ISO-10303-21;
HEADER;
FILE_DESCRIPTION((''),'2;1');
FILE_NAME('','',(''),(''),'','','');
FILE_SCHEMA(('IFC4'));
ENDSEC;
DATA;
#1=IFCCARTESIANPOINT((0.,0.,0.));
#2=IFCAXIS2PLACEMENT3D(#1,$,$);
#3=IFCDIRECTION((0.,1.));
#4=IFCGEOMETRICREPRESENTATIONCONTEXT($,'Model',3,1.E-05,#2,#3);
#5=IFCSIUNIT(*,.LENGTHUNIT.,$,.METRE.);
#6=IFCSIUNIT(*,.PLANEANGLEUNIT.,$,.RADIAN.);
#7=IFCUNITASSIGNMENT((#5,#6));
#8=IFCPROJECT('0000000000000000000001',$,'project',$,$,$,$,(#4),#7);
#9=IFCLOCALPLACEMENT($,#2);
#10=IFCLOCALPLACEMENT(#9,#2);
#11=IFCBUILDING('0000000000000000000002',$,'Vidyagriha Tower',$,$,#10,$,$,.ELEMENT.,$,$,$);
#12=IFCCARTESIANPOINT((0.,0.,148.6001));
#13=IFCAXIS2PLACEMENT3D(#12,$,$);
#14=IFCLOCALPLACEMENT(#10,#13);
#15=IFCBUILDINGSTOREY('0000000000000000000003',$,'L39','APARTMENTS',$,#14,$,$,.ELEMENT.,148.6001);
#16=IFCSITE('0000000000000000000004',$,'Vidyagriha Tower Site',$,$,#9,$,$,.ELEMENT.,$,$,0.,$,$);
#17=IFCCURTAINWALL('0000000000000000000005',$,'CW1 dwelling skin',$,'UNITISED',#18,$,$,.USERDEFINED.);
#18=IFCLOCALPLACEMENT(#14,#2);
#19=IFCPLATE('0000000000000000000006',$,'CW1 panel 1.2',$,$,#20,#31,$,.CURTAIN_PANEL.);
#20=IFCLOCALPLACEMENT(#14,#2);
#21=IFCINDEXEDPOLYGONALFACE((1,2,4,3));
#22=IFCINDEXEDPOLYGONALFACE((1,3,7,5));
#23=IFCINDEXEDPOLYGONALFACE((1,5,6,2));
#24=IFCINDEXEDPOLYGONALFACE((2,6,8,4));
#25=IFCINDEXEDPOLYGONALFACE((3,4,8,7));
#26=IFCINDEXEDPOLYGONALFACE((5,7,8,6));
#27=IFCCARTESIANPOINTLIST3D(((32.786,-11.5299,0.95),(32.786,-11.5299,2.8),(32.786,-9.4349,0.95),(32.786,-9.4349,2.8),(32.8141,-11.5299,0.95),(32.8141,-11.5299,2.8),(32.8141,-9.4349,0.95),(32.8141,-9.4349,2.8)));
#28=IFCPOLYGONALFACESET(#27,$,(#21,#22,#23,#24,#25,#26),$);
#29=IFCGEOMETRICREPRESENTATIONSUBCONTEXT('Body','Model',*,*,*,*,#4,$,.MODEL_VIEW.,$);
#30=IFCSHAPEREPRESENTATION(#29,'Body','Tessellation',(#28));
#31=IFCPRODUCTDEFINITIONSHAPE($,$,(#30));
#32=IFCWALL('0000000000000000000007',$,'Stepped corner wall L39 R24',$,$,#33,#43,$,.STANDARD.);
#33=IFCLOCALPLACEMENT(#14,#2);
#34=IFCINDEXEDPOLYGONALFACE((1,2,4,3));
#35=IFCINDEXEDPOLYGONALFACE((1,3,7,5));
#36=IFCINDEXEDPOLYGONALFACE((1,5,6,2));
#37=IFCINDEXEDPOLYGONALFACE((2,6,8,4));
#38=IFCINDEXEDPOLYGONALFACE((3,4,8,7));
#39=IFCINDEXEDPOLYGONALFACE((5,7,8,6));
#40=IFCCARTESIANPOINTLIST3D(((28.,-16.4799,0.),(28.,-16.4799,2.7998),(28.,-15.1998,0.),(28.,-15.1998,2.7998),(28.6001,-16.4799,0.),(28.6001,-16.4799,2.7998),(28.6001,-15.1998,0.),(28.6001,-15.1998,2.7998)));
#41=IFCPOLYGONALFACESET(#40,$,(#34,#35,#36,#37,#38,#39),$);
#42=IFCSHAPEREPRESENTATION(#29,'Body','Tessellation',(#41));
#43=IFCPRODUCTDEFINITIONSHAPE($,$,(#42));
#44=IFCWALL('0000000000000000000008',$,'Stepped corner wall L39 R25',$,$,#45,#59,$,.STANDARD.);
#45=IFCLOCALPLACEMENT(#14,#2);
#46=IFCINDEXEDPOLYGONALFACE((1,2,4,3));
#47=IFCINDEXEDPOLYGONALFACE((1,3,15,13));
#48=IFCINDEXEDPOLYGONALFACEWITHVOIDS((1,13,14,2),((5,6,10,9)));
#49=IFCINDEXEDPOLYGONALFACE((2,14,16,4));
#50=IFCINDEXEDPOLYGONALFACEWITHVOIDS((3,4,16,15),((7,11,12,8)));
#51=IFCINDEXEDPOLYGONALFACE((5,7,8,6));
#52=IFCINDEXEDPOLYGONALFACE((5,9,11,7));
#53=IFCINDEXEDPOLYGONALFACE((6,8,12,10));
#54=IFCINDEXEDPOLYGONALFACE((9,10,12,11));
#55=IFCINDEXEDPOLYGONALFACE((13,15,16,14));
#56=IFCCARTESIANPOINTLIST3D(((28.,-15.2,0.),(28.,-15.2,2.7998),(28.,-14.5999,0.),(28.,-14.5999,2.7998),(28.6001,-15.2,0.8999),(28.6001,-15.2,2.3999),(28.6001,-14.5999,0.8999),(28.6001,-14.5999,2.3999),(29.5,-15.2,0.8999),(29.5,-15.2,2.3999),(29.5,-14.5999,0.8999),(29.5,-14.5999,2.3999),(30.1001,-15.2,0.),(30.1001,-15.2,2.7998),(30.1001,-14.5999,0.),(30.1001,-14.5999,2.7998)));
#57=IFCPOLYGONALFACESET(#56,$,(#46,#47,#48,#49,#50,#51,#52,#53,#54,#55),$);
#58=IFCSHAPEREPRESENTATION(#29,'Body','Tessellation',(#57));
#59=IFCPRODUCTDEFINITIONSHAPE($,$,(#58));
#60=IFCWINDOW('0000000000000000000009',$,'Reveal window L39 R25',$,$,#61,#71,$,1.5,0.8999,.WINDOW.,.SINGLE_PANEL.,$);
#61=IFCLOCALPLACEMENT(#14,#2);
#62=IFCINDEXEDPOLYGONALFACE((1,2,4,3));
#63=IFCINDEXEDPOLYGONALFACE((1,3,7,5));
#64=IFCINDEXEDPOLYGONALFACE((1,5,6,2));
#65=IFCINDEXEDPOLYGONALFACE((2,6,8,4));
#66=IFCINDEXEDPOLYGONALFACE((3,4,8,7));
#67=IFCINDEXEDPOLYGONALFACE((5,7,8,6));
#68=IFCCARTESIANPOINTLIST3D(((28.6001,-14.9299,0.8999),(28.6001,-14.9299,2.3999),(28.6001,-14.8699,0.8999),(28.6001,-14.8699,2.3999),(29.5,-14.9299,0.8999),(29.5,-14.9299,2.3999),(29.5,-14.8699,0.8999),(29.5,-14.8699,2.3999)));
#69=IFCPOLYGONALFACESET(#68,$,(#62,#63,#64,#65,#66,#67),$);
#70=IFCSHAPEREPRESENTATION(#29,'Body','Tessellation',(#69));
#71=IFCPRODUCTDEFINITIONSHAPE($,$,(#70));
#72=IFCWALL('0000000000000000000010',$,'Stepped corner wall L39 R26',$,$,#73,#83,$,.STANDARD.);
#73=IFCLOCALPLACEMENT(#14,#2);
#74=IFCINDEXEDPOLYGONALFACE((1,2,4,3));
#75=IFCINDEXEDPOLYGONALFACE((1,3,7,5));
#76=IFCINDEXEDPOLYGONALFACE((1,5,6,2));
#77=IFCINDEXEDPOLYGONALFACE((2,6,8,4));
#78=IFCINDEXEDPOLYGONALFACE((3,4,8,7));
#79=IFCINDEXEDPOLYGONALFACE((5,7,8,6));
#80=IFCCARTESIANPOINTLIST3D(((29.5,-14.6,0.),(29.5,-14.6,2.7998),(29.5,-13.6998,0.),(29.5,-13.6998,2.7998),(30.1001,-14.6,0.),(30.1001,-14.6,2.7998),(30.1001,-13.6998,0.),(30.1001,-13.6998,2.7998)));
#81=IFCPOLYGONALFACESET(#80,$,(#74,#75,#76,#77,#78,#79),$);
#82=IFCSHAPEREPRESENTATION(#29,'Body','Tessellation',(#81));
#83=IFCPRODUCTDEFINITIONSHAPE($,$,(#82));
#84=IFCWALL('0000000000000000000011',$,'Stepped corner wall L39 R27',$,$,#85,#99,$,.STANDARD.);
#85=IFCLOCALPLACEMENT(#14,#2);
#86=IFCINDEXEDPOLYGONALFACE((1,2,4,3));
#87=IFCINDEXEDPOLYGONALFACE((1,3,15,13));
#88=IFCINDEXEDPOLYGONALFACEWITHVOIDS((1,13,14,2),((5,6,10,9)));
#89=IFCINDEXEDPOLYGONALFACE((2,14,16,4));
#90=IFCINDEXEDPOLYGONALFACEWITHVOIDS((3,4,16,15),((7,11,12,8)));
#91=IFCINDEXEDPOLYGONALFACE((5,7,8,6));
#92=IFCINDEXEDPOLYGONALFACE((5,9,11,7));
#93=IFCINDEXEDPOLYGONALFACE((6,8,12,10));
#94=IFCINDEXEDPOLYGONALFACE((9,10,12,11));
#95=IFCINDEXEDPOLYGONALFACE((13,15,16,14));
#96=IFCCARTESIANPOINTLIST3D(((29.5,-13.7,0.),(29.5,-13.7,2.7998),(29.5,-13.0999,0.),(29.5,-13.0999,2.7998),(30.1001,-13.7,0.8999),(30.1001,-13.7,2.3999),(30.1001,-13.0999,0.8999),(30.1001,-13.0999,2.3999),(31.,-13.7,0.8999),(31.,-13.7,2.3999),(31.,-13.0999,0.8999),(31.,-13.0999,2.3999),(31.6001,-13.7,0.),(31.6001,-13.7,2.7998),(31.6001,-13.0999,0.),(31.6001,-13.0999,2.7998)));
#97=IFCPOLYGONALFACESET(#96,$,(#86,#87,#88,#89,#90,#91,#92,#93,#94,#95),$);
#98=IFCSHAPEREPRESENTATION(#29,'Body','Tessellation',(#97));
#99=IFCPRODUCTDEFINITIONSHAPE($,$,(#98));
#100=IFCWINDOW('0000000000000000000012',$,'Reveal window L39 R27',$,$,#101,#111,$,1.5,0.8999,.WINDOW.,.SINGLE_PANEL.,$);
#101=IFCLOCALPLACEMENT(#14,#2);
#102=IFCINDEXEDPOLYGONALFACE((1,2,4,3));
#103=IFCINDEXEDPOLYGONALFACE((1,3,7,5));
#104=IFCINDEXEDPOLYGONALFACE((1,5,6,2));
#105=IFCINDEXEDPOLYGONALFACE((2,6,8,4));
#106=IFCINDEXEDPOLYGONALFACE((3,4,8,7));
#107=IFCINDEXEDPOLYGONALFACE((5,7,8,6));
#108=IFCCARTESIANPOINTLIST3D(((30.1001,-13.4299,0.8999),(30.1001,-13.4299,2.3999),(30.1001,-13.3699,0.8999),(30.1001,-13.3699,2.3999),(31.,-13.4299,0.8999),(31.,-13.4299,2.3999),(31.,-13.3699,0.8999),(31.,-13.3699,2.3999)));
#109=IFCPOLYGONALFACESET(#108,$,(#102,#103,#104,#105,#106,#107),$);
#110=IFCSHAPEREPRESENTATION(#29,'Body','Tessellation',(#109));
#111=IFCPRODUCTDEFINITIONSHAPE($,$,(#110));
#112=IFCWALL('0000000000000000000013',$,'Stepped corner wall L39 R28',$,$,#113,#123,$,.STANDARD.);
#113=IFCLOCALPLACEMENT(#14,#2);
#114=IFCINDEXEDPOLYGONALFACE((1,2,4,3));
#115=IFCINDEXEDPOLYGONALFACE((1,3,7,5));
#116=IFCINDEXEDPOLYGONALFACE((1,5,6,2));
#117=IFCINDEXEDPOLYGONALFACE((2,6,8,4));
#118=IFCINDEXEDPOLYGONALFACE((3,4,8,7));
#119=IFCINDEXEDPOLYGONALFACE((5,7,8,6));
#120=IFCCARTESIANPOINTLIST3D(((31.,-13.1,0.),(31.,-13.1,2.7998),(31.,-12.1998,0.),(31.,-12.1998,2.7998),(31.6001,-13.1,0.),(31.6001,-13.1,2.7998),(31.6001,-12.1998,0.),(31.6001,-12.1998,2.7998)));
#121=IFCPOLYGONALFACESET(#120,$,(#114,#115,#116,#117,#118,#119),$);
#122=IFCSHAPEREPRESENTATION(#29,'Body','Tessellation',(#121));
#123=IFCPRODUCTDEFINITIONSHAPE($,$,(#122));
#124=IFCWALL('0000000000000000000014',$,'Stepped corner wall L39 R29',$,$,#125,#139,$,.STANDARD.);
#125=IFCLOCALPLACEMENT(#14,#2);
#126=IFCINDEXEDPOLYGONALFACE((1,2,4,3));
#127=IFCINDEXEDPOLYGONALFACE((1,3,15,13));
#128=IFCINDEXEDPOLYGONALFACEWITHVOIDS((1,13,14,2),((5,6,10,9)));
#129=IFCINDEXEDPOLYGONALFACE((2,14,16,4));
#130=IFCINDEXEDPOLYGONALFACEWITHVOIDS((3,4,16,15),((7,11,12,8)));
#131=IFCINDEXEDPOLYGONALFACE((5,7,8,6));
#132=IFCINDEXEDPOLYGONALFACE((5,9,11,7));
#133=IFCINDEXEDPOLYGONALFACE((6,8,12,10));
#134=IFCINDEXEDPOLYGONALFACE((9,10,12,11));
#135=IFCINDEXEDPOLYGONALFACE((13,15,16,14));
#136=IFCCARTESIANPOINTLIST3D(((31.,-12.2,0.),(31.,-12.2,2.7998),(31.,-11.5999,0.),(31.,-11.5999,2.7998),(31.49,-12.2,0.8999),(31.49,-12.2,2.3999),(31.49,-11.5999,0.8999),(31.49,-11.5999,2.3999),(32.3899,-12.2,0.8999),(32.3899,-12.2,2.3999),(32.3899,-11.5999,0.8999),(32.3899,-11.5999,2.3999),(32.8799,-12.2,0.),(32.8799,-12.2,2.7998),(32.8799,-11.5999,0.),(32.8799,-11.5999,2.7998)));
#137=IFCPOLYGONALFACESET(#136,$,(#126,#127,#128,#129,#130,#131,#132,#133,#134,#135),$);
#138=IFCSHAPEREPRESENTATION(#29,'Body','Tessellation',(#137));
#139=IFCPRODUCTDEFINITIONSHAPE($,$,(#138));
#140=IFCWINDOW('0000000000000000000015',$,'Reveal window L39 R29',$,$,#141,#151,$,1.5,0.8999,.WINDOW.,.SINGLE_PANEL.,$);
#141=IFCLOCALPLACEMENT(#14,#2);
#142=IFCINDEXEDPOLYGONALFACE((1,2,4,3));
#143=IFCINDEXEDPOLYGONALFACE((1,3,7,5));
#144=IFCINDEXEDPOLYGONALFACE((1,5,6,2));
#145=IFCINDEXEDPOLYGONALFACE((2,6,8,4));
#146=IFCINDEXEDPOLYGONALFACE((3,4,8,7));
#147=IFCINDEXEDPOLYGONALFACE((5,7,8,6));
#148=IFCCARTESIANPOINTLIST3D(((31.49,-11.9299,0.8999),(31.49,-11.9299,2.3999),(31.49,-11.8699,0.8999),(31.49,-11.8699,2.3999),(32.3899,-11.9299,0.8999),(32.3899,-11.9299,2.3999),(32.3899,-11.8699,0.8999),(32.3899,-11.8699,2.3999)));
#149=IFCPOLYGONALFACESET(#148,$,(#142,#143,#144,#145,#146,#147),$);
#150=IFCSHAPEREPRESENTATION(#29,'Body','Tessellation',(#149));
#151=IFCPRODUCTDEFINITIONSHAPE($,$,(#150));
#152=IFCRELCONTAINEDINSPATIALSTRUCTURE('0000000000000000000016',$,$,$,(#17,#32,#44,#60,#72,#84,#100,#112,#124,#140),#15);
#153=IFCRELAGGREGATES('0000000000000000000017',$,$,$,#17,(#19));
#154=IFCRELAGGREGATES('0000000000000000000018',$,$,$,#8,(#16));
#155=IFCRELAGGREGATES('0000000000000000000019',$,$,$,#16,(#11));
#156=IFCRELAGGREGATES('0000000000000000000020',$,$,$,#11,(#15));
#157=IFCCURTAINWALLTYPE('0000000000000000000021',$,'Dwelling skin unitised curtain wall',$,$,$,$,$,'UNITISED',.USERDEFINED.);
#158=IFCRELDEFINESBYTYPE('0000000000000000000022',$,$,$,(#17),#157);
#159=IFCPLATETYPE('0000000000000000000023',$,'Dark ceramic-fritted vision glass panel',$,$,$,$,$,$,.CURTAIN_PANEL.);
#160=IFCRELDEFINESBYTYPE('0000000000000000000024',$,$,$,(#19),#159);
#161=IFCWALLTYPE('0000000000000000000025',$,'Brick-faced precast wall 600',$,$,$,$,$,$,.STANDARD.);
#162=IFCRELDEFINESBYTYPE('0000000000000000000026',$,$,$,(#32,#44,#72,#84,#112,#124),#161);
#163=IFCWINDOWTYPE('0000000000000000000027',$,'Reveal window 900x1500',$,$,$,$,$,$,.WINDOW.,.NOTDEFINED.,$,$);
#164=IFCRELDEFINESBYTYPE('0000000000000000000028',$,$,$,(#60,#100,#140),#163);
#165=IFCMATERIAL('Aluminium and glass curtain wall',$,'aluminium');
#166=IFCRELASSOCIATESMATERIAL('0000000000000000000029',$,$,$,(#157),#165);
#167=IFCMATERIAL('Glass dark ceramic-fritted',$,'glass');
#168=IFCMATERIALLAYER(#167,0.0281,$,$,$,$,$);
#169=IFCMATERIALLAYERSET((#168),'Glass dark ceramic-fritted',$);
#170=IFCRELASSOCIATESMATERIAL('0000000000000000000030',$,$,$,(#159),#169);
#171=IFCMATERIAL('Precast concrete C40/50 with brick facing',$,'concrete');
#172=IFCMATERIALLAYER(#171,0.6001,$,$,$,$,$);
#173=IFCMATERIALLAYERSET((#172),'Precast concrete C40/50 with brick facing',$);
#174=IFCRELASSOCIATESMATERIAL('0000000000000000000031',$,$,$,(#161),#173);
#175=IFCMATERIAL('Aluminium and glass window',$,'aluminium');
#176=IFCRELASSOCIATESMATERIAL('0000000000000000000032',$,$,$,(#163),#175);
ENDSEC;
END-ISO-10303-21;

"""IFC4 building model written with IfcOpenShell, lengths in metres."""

from ifc_helpers import new_model, si_unit, direction, frame, frame_2d, origin, origin_2d, place, context, subcontext, project, spatial, rectangle, extrude, material, layer, layer_set, type_object, element, fill, aggregate, save


model = new_model("IFC4")

# Units and contexts
model_context = context("Model", 3, precision=1e-05, world=origin(), true_north=direction((0.0, 1.0)))
body_context = subcontext(model_context, "Body", "Model", "MODEL_VIEW")
ifc_project = project(units=[si_unit("LENGTHUNIT", "METRE"), si_unit("PLANEANGLEUNIT", "RADIAN")], contexts=[model_context])

# Site, building, storey
site_placement = place(None, origin())
site = spatial("IfcSite", under=ifc_project, at=site_placement, Name="Vidyagriha Tower Site", CompositionType="ELEMENT", RefElevation=0.0)
building_placement = place(site_placement, origin())
building = spatial("IfcBuilding", under=site, at=building_placement, Name="Vidyagriha Tower", CompositionType="ELEMENT")
storey_placement = place(building_placement, frame((0.0, 0.0, 148.6001)))
storey = spatial("IfcBuildingStorey", under=building, at=storey_placement, Name="L39", Description="APARTMENTS", CompositionType="ELEMENT", Elevation=148.6001)

# Curtain wall
ifc_material_1 = material(Name="Aluminium and glass curtain wall", Category="aluminium")
curtain_wall_type = type_object("IfcCurtainWallType", Name="Dwelling skin unitised curtain wall", ElementType="UNITISED", PredefinedType="USERDEFINED", material=ifc_material_1)
curtain_wall_1_placement = place(storey_placement, origin())
curtain_wall_1 = element("IfcCurtainWall", 1, at=curtain_wall_1_placement, inside=storey, type_object=curtain_wall_type, Name="CW1 dwelling skin", ObjectType="UNITISED", PredefinedType="USERDEFINED")

# Plate
ifc_material_2 = material(Name="Glass dark ceramic-fritted", Category="glass")
ifc_layer_1 = layer(ifc_material_2, 0.0281)
ifc_layer_set_1 = layer_set([ifc_layer_1], Name="Glass dark ceramic-fritted")
plate_type_1 = type_object("IfcPlateType", Name="Dark ceramic-fritted vision glass panel", PredefinedType="CURTAIN_PANEL", material=ifc_layer_set_1)
plate_1_placement = place(storey_placement, frame((32.8, -10.4824, 0.95), z_axis=(0.0, 0.0, 1.0), x_axis=(0.0, 1.0, 0.0)))
plate_1 = element("IfcPlate", 2, at=plate_1_placement, type_object=plate_type_1, Name="CW1 panel 1.2", PredefinedType="CURTAIN_PANEL", context=body_context, shape_type="SweptSolid", body=[
    extrude(rectangle(XDim=2.095, YDim=0.0281, at=origin_2d()), origin(), (0.0, 0.0, 1.0), 1.8501),
])
aggregate(curtain_wall_1, [plate_1])

# Wall
ifc_material_3 = material(Name="Precast concrete C40/50 with brick facing", Category="concrete")
ifc_layer_2 = layer(ifc_material_3, 0.6001)
ifc_layer_set_2 = layer_set([ifc_layer_2], Name="Precast concrete C40/50 with brick facing")
wall_type_1 = type_object("IfcWallType", Name="Brick-faced precast wall 600", PredefinedType="STANDARD", material=ifc_layer_set_2)
wall_1_placement = place(storey_placement, frame((28.3, -16.48, 0.0), z_axis=(0.0, 0.0, 1.0), x_axis=(0.0, 1.0, 0.0)))
element("IfcWall", 3, at=wall_1_placement, inside=storey, type_object=wall_type_1, Name="Stepped corner wall L39 R24", PredefinedType="STANDARD", context=body_context, shape_type="SweptSolid", body=[
    extrude(rectangle(XDim=1.28, YDim=0.6001, at=frame_2d((0.6401, 0.0))), origin(), (0.0, 0.0, 1.0), 2.7998),
])

# Wall, opening, window
wall_2_placement = place(storey_placement, frame((28.0, -14.8999, 0.0)))
wall_2 = element("IfcWall", 4, at=wall_2_placement, inside=storey, type_object=wall_type_1, Name="Stepped corner wall L39 R25", PredefinedType="STANDARD", context=body_context, shape_type="SweptSolid", body=[
    extrude(rectangle(XDim=2.1001, YDim=0.6001, at=frame_2d((1.05, 0.0))), origin(), (0.0, 0.0, 1.0), 2.7998),
])
opening_1_placement = place(wall_2_placement, frame((0.6001, 0.0, 0.8999)))
opening_1 = element("IfcOpeningElement", 5, at=opening_1_placement, cuts=wall_2, PredefinedType="OPENING", context=body_context, shape_type="SweptSolid", body=[
    extrude(rectangle(XDim=0.8999, YDim=1.5, at=frame_2d((0.45, 0.75))), frame((0.0, 0.3101, 0.0), z_axis=(0.0, -1.0, 0.0), x_axis=(1.0, 0.0, 0.0)), (0.0, 0.0, 1.0), 0.6201),
])
ifc_material_4 = material(Name="Aluminium and glass window", Category="aluminium")
window_type = type_object("IfcWindowType", Name="Reveal window 900x1500", PartitioningType="NOTDEFINED", PredefinedType="WINDOW", material=ifc_material_4)
window_1_placement = place(opening_1_placement, origin())
window_1 = element("IfcWindow", 6, at=window_1_placement, inside=storey, type_object=window_type, Name="Reveal window L39 R25", OverallHeight=1.5, OverallWidth=0.8999, PartitioningType="SINGLE_PANEL", PredefinedType="WINDOW", context=body_context, shape_type="SweptSolid", body=[
    extrude(rectangle(XDim=0.8999, YDim=1.5, at=frame_2d((0.45, 0.75))), frame((0.0, 0.03, 0.0), z_axis=(0.0, -1.0, 0.0), x_axis=(1.0, 0.0, 0.0)), (0.0, 0.0, 1.0), 0.0601),
])
fill(opening_1, window_1)

# Wall
wall_3_placement = place(storey_placement, frame((29.8, -14.6001, 0.0), z_axis=(0.0, 0.0, 1.0), x_axis=(0.0, 1.0, 0.0)))
element("IfcWall", 7, at=wall_3_placement, inside=storey, type_object=wall_type_1, Name="Stepped corner wall L39 R26", PredefinedType="STANDARD", context=body_context, shape_type="SweptSolid", body=[
    extrude(rectangle(XDim=0.9001, YDim=0.6001, at=frame_2d((0.4502, 0.0))), origin(), (0.0, 0.0, 1.0), 2.7998),
])

# Wall, opening, window
wall_4_placement = place(storey_placement, frame((29.5, -13.3999, 0.0)))
wall_4 = element("IfcWall", 8, at=wall_4_placement, inside=storey, type_object=wall_type_1, Name="Stepped corner wall L39 R27", PredefinedType="STANDARD", context=body_context, shape_type="SweptSolid", body=[
    extrude(rectangle(XDim=2.1001, YDim=0.6001, at=frame_2d((1.05, 0.0))), origin(), (0.0, 0.0, 1.0), 2.7998),
])
opening_2_placement = place(wall_4_placement, frame((0.6001, 0.0, 0.8999)))
opening_2 = element("IfcOpeningElement", 9, at=opening_2_placement, cuts=wall_4, PredefinedType="OPENING", context=body_context, shape_type="SweptSolid", body=[
    extrude(rectangle(XDim=0.8999, YDim=1.5, at=frame_2d((0.45, 0.75))), frame((0.0, 0.3101, 0.0), z_axis=(0.0, -1.0, 0.0), x_axis=(1.0, 0.0, 0.0)), (0.0, 0.0, 1.0), 0.6201),
])
window_2_placement = place(opening_2_placement, origin())
window_2 = element("IfcWindow", 10, at=window_2_placement, inside=storey, type_object=window_type, Name="Reveal window L39 R27", OverallHeight=1.5, OverallWidth=0.8999, PartitioningType="SINGLE_PANEL", PredefinedType="WINDOW", context=body_context, shape_type="SweptSolid", body=[
    extrude(rectangle(XDim=0.8999, YDim=1.5, at=frame_2d((0.45, 0.75))), frame((0.0, 0.03, 0.0), z_axis=(0.0, -1.0, 0.0), x_axis=(1.0, 0.0, 0.0)), (0.0, 0.0, 1.0), 0.0601),
])
fill(opening_2, window_2)

# Wall
wall_5_placement = place(storey_placement, frame((31.3, -13.1001, 0.0), z_axis=(0.0, 0.0, 1.0), x_axis=(0.0, 1.0, 0.0)))
element("IfcWall", 11, at=wall_5_placement, inside=storey, type_object=wall_type_1, Name="Stepped corner wall L39 R28", PredefinedType="STANDARD", context=body_context, shape_type="SweptSolid", body=[
    extrude(rectangle(XDim=0.9001, YDim=0.6001, at=frame_2d((0.4502, 0.0))), origin(), (0.0, 0.0, 1.0), 2.7998),
])

# Wall, opening, window
wall_6_placement = place(storey_placement, frame((31.0, -11.8999, 0.0)))
wall_6 = element("IfcWall", 12, at=wall_6_placement, inside=storey, type_object=wall_type_1, Name="Stepped corner wall L39 R29", PredefinedType="STANDARD", context=body_context, shape_type="SweptSolid", body=[
    extrude(rectangle(XDim=1.8799, YDim=0.6001, at=frame_2d((0.9399, 0.0))), origin(), (0.0, 0.0, 1.0), 2.7998),
])
opening_3_placement = place(wall_6_placement, frame((0.49, 0.0, 0.8999)))
opening_3 = element("IfcOpeningElement", 13, at=opening_3_placement, cuts=wall_6, PredefinedType="OPENING", context=body_context, shape_type="SweptSolid", body=[
    extrude(rectangle(XDim=0.8999, YDim=1.5, at=frame_2d((0.45, 0.75))), frame((0.0, 0.3101, 0.0), z_axis=(0.0, -1.0, 0.0), x_axis=(1.0, 0.0, 0.0)), (0.0, 0.0, 1.0), 0.6201),
])
window_3_placement = place(opening_3_placement, origin())
window_3 = element("IfcWindow", 14, at=window_3_placement, inside=storey, type_object=window_type, Name="Reveal window L39 R29", OverallHeight=1.5, OverallWidth=0.8999, PartitioningType="SINGLE_PANEL", PredefinedType="WINDOW", context=body_context, shape_type="SweptSolid", body=[
    extrude(rectangle(XDim=0.8999, YDim=1.5, at=frame_2d((0.45, 0.75))), frame((0.0, 0.03, 0.0), z_axis=(0.0, -1.0, 0.0), x_axis=(1.0, 0.0, 0.0)), (0.0, 0.0, 1.0), 0.0601),
])
fill(opening_3, window_3)

save(model, "model.ifc")
